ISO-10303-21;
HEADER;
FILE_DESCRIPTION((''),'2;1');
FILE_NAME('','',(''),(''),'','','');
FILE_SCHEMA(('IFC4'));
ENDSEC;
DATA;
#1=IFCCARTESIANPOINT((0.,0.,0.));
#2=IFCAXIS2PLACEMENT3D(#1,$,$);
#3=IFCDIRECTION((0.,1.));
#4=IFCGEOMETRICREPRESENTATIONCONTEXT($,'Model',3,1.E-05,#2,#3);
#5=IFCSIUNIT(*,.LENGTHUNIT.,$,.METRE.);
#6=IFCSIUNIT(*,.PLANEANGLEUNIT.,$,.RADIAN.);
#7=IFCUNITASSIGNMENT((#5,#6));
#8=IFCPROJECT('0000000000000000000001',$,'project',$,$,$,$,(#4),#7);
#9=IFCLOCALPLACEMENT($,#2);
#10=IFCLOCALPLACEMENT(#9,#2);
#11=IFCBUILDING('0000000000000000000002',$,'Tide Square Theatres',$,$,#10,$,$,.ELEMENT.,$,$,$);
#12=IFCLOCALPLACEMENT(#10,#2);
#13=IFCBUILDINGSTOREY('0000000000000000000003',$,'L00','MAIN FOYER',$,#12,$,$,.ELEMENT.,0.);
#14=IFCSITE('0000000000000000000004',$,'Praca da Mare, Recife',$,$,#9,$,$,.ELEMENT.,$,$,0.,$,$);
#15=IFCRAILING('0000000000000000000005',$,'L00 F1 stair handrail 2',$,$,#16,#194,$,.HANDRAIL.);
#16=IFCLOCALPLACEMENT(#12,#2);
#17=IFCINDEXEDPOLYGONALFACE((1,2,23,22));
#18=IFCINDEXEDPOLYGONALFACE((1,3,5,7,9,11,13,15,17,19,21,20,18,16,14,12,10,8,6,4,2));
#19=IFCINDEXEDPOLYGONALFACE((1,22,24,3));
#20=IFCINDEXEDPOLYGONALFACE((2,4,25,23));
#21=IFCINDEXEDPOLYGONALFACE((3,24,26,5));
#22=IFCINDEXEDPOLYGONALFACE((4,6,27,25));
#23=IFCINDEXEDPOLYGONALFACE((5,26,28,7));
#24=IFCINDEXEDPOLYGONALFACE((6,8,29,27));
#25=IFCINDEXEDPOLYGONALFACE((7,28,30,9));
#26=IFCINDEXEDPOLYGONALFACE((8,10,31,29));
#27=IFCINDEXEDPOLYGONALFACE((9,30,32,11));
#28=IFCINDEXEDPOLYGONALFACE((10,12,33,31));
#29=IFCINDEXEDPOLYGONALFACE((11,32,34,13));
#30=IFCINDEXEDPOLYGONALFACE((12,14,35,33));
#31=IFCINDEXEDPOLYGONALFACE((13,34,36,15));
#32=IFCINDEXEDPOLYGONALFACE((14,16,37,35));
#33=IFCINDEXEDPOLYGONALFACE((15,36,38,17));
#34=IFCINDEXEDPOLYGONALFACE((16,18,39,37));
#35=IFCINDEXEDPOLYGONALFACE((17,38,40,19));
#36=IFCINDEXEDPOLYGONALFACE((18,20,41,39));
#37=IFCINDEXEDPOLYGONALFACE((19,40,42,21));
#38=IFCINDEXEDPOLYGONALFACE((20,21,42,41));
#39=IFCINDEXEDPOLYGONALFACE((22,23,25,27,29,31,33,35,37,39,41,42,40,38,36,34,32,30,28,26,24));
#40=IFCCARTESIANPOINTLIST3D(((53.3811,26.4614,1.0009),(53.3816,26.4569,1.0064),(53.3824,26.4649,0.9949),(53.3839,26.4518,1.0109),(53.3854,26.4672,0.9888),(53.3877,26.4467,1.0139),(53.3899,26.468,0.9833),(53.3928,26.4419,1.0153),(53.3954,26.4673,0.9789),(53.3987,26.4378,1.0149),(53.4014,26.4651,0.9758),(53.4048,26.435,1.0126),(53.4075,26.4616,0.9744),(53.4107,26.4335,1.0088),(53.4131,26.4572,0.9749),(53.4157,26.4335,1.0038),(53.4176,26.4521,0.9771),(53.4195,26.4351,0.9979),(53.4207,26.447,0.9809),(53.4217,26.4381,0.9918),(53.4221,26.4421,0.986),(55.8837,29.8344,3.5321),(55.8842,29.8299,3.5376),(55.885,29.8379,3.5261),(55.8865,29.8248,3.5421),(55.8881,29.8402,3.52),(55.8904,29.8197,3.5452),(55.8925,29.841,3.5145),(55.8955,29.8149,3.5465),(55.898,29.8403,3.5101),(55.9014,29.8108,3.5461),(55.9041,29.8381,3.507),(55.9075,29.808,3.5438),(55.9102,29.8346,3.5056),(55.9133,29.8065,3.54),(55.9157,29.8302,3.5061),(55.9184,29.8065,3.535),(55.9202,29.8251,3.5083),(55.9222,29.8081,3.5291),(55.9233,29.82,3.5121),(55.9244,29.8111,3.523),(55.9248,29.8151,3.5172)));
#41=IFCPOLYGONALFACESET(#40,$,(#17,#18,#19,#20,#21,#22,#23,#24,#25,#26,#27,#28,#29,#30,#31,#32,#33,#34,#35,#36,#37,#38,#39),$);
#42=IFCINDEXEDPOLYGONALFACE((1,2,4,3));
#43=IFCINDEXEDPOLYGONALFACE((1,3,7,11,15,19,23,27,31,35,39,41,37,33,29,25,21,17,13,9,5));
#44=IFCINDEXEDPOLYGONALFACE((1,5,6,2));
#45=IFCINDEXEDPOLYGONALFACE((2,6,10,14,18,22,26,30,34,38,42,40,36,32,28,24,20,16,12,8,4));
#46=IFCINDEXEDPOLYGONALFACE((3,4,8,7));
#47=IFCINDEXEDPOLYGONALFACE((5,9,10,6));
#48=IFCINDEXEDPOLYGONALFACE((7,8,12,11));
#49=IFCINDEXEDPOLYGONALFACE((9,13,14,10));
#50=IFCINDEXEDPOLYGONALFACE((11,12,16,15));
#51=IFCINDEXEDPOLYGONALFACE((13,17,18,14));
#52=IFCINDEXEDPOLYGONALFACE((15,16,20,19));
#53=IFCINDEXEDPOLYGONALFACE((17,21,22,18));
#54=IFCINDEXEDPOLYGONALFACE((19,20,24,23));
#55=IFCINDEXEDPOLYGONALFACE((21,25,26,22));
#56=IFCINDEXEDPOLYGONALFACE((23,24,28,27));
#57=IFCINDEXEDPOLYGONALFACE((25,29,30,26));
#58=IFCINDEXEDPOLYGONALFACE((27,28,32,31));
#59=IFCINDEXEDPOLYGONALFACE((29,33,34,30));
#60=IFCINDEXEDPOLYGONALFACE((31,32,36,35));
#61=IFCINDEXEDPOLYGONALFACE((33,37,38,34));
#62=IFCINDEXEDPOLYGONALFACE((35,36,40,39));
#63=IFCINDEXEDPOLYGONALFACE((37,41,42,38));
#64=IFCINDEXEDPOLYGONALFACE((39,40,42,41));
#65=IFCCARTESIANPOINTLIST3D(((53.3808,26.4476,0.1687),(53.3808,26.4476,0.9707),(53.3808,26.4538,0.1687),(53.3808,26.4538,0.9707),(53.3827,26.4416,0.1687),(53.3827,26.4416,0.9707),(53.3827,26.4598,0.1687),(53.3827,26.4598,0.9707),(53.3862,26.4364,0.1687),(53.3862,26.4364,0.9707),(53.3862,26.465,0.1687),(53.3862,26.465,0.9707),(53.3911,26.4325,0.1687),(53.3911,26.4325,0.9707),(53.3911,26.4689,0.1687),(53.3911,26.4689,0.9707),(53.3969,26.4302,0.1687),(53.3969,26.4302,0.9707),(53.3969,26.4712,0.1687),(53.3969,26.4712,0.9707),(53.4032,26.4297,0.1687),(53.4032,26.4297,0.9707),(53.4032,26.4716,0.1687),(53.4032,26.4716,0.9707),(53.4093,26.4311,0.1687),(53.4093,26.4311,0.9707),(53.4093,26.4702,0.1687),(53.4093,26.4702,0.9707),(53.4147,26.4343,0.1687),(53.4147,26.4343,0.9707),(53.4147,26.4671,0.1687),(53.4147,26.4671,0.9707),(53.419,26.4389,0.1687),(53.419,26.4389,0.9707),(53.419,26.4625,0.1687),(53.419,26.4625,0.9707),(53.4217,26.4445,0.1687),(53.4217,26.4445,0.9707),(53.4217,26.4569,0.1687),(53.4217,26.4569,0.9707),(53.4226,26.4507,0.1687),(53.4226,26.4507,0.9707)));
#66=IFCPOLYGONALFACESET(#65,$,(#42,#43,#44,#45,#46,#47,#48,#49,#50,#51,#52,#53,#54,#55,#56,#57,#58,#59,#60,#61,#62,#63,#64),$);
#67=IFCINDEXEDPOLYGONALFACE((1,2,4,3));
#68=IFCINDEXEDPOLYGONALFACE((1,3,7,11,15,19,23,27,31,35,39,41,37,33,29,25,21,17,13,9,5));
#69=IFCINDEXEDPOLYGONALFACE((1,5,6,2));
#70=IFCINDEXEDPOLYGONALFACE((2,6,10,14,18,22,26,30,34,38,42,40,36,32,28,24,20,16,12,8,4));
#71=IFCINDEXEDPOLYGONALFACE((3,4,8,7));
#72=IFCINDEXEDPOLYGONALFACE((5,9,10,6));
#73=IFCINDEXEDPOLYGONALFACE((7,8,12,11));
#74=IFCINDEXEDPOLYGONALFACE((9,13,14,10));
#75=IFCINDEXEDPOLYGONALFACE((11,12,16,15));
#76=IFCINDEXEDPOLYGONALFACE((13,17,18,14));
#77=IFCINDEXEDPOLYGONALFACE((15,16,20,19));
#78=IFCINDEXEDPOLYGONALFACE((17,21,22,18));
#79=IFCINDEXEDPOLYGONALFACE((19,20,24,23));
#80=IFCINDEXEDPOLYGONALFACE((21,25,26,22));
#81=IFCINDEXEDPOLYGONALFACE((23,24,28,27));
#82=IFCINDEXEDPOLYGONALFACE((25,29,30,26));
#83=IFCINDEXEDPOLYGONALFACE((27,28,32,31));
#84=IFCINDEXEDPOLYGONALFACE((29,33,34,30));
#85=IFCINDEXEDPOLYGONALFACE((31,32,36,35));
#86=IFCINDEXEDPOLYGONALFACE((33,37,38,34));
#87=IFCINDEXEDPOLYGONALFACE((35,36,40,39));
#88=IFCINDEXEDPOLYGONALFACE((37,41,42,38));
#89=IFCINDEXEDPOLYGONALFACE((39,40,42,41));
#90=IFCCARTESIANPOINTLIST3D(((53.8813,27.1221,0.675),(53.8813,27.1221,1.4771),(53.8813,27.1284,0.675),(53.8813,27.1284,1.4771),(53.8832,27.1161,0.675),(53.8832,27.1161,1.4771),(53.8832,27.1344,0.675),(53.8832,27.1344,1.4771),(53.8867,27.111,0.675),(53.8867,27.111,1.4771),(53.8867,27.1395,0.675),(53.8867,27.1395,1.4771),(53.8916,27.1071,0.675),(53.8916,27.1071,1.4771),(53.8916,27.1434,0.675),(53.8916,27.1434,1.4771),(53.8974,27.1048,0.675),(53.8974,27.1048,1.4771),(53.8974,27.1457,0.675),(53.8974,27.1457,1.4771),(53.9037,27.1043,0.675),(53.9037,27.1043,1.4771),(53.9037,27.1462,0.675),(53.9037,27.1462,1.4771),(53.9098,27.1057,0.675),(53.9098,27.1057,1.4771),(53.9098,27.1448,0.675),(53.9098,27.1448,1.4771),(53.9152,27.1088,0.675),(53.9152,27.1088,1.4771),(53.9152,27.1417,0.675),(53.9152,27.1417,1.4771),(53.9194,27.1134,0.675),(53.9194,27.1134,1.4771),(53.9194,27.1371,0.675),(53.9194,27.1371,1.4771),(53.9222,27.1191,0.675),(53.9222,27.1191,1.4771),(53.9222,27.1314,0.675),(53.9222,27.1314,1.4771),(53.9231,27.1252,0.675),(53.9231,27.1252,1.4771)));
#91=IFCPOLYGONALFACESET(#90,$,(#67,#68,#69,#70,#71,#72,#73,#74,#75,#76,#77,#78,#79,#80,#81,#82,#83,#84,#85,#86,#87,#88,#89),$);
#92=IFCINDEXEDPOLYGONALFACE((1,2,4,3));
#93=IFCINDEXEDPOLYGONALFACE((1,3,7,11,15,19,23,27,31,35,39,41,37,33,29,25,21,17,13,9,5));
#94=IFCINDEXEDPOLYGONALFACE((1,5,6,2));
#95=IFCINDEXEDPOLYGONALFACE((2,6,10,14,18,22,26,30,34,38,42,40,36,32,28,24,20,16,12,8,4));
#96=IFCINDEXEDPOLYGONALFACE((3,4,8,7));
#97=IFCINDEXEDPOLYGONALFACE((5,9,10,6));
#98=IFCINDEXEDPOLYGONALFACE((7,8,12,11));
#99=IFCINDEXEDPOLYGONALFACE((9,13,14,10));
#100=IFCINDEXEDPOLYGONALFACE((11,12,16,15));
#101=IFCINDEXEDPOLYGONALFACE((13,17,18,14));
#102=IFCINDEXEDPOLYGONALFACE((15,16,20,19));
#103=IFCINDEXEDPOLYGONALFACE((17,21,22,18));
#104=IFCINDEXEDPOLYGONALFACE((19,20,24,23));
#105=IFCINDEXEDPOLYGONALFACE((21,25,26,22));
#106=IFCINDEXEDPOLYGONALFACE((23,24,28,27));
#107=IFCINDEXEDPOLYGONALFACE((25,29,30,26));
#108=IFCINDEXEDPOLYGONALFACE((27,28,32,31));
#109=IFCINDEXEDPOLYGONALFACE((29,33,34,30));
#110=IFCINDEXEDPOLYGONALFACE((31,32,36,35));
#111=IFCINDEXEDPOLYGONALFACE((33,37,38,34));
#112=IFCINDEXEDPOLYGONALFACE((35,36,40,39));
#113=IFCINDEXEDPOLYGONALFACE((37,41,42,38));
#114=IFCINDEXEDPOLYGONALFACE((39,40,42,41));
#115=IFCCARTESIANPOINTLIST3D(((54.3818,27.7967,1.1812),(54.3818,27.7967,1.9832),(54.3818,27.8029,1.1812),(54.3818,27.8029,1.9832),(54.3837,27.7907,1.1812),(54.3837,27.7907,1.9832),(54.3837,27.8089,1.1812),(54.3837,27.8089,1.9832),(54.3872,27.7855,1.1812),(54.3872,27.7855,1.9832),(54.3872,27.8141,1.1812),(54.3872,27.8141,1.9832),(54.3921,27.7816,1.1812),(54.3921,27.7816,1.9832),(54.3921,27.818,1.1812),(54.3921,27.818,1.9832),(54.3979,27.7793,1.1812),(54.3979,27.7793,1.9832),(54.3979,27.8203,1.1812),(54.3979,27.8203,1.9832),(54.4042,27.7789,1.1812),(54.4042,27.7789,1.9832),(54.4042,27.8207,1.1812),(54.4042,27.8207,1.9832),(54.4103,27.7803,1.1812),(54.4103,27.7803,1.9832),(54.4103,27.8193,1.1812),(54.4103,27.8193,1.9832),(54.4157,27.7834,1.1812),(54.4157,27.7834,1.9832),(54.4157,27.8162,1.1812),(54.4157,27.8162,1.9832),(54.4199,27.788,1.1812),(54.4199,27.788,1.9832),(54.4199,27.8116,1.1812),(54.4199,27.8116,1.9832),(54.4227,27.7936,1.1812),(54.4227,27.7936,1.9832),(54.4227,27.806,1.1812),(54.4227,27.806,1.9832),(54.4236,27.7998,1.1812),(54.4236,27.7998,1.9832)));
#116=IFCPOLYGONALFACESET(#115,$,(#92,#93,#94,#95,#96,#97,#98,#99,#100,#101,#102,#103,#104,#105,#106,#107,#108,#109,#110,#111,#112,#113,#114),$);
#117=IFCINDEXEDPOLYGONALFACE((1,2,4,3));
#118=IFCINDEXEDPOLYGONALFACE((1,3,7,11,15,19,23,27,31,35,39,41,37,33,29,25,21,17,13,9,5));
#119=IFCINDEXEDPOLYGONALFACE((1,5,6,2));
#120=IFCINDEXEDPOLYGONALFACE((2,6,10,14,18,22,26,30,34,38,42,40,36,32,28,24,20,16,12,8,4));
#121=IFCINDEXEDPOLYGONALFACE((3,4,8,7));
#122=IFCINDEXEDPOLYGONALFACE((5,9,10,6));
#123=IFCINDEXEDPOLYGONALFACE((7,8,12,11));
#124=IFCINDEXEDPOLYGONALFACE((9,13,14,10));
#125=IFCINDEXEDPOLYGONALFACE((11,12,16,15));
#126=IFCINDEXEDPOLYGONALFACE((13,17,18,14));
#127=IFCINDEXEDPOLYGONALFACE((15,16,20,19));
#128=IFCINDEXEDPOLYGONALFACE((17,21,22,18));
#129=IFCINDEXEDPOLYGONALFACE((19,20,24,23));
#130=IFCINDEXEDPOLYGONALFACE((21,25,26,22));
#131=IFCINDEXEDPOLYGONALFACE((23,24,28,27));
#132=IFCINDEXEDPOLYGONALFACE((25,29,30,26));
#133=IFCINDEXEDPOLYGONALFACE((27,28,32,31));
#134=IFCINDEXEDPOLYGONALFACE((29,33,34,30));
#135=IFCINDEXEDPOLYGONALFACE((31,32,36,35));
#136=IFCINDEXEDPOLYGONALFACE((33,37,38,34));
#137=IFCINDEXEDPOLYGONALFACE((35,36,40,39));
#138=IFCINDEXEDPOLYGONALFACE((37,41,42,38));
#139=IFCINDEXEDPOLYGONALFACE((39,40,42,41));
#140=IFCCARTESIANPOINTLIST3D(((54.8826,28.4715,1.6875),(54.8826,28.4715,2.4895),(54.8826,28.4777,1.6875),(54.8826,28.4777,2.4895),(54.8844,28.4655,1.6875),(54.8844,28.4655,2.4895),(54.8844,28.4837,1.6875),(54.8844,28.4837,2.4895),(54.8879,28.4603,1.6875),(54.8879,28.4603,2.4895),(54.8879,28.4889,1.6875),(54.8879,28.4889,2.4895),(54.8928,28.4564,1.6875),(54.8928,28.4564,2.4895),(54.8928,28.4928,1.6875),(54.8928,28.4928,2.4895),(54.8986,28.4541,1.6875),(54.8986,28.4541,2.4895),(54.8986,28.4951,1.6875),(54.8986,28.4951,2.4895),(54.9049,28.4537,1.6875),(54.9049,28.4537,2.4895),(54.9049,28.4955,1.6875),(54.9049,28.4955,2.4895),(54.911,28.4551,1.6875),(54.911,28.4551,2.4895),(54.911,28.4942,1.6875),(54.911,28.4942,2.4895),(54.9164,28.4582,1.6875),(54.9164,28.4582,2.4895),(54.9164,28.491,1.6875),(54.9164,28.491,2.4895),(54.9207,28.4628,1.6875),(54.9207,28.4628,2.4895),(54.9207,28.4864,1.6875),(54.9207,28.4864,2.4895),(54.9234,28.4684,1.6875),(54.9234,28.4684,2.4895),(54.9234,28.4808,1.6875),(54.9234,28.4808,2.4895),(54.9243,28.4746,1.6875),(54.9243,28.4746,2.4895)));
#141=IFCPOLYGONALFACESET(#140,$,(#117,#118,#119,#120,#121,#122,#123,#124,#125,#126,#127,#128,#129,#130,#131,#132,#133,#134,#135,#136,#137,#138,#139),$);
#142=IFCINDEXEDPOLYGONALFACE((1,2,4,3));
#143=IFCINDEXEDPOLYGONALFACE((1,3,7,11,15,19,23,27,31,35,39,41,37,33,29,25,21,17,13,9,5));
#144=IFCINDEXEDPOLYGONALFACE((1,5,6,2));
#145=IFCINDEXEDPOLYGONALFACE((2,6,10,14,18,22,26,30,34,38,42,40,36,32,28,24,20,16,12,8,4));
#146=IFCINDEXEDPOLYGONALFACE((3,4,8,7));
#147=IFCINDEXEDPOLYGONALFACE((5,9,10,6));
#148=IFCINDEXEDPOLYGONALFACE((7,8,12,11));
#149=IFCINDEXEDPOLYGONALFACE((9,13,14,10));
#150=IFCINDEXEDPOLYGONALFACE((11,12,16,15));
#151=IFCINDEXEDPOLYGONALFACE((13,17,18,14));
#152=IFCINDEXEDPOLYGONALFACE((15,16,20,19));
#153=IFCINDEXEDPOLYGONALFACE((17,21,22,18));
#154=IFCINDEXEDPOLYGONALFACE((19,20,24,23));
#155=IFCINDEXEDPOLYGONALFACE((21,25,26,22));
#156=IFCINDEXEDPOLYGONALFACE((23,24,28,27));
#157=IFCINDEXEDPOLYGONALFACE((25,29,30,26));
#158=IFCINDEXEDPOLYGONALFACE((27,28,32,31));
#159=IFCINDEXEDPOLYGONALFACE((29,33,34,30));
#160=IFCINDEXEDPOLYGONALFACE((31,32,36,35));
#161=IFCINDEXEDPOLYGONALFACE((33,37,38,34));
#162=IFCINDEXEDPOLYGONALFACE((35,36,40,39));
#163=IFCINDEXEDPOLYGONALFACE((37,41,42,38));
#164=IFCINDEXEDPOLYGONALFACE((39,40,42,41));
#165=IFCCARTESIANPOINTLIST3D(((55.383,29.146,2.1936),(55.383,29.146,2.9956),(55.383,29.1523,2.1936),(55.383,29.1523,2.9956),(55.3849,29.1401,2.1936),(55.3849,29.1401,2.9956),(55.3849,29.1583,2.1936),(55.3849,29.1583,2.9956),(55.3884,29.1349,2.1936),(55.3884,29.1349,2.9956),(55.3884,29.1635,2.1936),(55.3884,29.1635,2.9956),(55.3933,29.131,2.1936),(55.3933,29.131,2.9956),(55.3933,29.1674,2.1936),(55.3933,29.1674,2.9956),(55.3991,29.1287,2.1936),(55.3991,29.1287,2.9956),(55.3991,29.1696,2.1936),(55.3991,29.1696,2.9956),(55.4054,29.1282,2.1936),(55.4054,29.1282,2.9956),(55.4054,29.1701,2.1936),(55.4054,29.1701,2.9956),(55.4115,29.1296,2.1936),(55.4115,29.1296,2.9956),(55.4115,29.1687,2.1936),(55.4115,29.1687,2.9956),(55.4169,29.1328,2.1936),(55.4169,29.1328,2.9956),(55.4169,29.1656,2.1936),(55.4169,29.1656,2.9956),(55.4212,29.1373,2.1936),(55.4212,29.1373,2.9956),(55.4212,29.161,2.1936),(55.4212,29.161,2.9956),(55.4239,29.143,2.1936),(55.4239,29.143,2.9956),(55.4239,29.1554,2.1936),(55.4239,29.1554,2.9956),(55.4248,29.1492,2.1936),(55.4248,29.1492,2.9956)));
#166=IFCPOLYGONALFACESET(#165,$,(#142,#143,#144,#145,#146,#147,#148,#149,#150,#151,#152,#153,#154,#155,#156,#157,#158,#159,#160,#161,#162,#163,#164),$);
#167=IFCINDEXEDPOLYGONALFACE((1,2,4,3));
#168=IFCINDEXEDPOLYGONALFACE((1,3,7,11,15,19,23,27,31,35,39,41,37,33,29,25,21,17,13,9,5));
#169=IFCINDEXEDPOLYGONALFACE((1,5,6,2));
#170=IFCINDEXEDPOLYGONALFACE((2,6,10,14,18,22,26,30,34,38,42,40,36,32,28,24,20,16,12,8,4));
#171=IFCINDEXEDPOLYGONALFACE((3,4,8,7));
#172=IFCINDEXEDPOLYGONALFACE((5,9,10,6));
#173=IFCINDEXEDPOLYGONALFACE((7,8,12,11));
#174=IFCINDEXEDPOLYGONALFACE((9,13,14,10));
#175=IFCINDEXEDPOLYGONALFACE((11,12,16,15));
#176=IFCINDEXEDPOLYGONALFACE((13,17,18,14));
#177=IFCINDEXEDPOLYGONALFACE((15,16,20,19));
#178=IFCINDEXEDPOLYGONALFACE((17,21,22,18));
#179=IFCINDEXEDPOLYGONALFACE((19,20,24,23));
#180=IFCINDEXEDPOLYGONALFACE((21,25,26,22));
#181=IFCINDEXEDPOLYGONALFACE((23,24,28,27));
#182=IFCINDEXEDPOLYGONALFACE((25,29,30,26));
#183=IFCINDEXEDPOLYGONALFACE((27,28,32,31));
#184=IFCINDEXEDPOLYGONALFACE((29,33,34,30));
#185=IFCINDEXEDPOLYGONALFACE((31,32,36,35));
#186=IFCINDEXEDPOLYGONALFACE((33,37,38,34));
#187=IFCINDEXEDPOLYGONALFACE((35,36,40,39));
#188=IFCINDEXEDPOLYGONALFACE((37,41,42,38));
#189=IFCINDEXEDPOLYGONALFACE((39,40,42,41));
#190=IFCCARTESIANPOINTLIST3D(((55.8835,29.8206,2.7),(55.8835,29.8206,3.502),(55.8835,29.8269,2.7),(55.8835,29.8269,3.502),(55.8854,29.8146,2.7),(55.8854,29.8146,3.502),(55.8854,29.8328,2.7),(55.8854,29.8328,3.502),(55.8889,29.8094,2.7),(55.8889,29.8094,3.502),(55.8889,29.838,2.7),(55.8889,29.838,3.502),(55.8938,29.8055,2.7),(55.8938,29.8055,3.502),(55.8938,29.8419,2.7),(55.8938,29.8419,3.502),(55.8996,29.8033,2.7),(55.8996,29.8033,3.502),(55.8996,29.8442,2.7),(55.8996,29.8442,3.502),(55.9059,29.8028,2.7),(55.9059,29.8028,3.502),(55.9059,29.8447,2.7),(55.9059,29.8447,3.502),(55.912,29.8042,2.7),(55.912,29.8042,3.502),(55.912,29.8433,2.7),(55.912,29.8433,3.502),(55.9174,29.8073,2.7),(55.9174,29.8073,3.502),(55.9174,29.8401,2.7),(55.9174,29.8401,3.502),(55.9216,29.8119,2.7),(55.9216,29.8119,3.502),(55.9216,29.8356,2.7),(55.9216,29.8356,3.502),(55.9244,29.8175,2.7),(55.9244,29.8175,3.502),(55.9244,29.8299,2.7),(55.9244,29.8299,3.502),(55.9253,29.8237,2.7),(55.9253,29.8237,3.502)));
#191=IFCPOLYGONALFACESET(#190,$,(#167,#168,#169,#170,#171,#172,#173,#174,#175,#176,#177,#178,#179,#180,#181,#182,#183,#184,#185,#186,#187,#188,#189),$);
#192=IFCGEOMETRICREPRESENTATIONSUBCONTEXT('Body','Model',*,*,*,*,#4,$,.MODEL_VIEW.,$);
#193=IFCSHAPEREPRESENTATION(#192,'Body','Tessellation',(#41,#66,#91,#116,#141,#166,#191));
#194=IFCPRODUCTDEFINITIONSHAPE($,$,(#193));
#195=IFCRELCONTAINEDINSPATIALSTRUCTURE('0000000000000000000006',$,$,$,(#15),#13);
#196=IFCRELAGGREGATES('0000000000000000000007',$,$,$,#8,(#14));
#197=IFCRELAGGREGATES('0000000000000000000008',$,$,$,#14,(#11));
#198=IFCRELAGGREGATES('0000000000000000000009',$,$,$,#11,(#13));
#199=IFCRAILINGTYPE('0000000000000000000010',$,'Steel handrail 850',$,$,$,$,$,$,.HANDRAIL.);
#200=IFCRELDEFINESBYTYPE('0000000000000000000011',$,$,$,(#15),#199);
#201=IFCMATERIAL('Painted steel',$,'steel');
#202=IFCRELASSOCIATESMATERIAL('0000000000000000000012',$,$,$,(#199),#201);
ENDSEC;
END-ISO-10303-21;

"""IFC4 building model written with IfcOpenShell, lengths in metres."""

from ifc_helpers import new_model, si_unit, direction, frame, origin, origin_2d, place, context, subcontext, project, spatial, circle, extrude, material, type_object, element, save


model = new_model("IFC4")

# Units and contexts
model_context = context("Model", 3, precision=1e-05, world=origin(), true_north=direction((0.0, 1.0)))
body_context = subcontext(model_context, "Body", "Model", "MODEL_VIEW")
ifc_project = project(units=[si_unit("LENGTHUNIT", "METRE"), si_unit("PLANEANGLEUNIT", "RADIAN")], contexts=[model_context])

# Site, building, storey
site_placement = place(None, origin())
site = spatial("IfcSite", under=ifc_project, at=site_placement, Name="Praca da Mare, Recife", CompositionType="ELEMENT", RefElevation=0.0)
building_placement = place(site_placement, origin())
building = spatial("IfcBuilding", under=site, at=building_placement, Name="Tide Square Theatres", CompositionType="ELEMENT")
storey_placement = place(building_placement, origin())
storey = spatial("IfcBuildingStorey", under=building, at=storey_placement, Name="L00", Description="MAIN FOYER", CompositionType="ELEMENT", Elevation=0.0)

# Railing
ifc_material_1 = material(Name="Painted steel", Category="steel")
railing_type_1 = type_object("IfcRailingType", Name="Steel handrail 850", PredefinedType="HANDRAIL", material=ifc_material_1)
railing_1_placement = place(storey_placement, frame((53.4016, 26.4507, 0.1687)))
element("IfcRailing", 1, at=railing_1_placement, inside=storey, type_object=railing_type_1, Name="L00 F1 stair handrail 2", PredefinedType="HANDRAIL", context=body_context, shape_type="SweptSolid", body=[
    extrude(circle(Radius=0.0239, at=origin_2d()), frame((0.0, 0.0, 0.8262), z_axis=(0.510347, 0.687831, 0.516172), x_axis=(-0.803086, 0.595863, 0.0)), (0.0, 0.0, 1.0), 4.9038),
    extrude(circle(Radius=0.021, at=origin_2d()), origin(), (0.0, 0.0, 1.0), 0.802),
    extrude(circle(Radius=0.021, at=origin_2d()), frame((0.5005, 0.6746, 0.5063)), (0.0, 0.0, 1.0), 0.802),
    extrude(circle(Radius=0.021, at=origin_2d()), frame((1.001, 1.3491, 1.0125)), (0.0, 0.0, 1.0), 0.802),
    extrude(circle(Radius=0.021, at=origin_2d()), frame((1.5017, 2.0239, 1.5188)), (0.0, 0.0, 1.0), 0.802),
    extrude(circle(Radius=0.021, at=origin_2d()), frame((2.0022, 2.6985, 2.0249)), (0.0, 0.0, 1.0), 0.802),
    extrude(circle(Radius=0.021, at=origin_2d()), frame((2.5027, 3.373, 2.5312)), (0.0, 0.0, 1.0), 0.802),
])

save(model, "model.ifc")
